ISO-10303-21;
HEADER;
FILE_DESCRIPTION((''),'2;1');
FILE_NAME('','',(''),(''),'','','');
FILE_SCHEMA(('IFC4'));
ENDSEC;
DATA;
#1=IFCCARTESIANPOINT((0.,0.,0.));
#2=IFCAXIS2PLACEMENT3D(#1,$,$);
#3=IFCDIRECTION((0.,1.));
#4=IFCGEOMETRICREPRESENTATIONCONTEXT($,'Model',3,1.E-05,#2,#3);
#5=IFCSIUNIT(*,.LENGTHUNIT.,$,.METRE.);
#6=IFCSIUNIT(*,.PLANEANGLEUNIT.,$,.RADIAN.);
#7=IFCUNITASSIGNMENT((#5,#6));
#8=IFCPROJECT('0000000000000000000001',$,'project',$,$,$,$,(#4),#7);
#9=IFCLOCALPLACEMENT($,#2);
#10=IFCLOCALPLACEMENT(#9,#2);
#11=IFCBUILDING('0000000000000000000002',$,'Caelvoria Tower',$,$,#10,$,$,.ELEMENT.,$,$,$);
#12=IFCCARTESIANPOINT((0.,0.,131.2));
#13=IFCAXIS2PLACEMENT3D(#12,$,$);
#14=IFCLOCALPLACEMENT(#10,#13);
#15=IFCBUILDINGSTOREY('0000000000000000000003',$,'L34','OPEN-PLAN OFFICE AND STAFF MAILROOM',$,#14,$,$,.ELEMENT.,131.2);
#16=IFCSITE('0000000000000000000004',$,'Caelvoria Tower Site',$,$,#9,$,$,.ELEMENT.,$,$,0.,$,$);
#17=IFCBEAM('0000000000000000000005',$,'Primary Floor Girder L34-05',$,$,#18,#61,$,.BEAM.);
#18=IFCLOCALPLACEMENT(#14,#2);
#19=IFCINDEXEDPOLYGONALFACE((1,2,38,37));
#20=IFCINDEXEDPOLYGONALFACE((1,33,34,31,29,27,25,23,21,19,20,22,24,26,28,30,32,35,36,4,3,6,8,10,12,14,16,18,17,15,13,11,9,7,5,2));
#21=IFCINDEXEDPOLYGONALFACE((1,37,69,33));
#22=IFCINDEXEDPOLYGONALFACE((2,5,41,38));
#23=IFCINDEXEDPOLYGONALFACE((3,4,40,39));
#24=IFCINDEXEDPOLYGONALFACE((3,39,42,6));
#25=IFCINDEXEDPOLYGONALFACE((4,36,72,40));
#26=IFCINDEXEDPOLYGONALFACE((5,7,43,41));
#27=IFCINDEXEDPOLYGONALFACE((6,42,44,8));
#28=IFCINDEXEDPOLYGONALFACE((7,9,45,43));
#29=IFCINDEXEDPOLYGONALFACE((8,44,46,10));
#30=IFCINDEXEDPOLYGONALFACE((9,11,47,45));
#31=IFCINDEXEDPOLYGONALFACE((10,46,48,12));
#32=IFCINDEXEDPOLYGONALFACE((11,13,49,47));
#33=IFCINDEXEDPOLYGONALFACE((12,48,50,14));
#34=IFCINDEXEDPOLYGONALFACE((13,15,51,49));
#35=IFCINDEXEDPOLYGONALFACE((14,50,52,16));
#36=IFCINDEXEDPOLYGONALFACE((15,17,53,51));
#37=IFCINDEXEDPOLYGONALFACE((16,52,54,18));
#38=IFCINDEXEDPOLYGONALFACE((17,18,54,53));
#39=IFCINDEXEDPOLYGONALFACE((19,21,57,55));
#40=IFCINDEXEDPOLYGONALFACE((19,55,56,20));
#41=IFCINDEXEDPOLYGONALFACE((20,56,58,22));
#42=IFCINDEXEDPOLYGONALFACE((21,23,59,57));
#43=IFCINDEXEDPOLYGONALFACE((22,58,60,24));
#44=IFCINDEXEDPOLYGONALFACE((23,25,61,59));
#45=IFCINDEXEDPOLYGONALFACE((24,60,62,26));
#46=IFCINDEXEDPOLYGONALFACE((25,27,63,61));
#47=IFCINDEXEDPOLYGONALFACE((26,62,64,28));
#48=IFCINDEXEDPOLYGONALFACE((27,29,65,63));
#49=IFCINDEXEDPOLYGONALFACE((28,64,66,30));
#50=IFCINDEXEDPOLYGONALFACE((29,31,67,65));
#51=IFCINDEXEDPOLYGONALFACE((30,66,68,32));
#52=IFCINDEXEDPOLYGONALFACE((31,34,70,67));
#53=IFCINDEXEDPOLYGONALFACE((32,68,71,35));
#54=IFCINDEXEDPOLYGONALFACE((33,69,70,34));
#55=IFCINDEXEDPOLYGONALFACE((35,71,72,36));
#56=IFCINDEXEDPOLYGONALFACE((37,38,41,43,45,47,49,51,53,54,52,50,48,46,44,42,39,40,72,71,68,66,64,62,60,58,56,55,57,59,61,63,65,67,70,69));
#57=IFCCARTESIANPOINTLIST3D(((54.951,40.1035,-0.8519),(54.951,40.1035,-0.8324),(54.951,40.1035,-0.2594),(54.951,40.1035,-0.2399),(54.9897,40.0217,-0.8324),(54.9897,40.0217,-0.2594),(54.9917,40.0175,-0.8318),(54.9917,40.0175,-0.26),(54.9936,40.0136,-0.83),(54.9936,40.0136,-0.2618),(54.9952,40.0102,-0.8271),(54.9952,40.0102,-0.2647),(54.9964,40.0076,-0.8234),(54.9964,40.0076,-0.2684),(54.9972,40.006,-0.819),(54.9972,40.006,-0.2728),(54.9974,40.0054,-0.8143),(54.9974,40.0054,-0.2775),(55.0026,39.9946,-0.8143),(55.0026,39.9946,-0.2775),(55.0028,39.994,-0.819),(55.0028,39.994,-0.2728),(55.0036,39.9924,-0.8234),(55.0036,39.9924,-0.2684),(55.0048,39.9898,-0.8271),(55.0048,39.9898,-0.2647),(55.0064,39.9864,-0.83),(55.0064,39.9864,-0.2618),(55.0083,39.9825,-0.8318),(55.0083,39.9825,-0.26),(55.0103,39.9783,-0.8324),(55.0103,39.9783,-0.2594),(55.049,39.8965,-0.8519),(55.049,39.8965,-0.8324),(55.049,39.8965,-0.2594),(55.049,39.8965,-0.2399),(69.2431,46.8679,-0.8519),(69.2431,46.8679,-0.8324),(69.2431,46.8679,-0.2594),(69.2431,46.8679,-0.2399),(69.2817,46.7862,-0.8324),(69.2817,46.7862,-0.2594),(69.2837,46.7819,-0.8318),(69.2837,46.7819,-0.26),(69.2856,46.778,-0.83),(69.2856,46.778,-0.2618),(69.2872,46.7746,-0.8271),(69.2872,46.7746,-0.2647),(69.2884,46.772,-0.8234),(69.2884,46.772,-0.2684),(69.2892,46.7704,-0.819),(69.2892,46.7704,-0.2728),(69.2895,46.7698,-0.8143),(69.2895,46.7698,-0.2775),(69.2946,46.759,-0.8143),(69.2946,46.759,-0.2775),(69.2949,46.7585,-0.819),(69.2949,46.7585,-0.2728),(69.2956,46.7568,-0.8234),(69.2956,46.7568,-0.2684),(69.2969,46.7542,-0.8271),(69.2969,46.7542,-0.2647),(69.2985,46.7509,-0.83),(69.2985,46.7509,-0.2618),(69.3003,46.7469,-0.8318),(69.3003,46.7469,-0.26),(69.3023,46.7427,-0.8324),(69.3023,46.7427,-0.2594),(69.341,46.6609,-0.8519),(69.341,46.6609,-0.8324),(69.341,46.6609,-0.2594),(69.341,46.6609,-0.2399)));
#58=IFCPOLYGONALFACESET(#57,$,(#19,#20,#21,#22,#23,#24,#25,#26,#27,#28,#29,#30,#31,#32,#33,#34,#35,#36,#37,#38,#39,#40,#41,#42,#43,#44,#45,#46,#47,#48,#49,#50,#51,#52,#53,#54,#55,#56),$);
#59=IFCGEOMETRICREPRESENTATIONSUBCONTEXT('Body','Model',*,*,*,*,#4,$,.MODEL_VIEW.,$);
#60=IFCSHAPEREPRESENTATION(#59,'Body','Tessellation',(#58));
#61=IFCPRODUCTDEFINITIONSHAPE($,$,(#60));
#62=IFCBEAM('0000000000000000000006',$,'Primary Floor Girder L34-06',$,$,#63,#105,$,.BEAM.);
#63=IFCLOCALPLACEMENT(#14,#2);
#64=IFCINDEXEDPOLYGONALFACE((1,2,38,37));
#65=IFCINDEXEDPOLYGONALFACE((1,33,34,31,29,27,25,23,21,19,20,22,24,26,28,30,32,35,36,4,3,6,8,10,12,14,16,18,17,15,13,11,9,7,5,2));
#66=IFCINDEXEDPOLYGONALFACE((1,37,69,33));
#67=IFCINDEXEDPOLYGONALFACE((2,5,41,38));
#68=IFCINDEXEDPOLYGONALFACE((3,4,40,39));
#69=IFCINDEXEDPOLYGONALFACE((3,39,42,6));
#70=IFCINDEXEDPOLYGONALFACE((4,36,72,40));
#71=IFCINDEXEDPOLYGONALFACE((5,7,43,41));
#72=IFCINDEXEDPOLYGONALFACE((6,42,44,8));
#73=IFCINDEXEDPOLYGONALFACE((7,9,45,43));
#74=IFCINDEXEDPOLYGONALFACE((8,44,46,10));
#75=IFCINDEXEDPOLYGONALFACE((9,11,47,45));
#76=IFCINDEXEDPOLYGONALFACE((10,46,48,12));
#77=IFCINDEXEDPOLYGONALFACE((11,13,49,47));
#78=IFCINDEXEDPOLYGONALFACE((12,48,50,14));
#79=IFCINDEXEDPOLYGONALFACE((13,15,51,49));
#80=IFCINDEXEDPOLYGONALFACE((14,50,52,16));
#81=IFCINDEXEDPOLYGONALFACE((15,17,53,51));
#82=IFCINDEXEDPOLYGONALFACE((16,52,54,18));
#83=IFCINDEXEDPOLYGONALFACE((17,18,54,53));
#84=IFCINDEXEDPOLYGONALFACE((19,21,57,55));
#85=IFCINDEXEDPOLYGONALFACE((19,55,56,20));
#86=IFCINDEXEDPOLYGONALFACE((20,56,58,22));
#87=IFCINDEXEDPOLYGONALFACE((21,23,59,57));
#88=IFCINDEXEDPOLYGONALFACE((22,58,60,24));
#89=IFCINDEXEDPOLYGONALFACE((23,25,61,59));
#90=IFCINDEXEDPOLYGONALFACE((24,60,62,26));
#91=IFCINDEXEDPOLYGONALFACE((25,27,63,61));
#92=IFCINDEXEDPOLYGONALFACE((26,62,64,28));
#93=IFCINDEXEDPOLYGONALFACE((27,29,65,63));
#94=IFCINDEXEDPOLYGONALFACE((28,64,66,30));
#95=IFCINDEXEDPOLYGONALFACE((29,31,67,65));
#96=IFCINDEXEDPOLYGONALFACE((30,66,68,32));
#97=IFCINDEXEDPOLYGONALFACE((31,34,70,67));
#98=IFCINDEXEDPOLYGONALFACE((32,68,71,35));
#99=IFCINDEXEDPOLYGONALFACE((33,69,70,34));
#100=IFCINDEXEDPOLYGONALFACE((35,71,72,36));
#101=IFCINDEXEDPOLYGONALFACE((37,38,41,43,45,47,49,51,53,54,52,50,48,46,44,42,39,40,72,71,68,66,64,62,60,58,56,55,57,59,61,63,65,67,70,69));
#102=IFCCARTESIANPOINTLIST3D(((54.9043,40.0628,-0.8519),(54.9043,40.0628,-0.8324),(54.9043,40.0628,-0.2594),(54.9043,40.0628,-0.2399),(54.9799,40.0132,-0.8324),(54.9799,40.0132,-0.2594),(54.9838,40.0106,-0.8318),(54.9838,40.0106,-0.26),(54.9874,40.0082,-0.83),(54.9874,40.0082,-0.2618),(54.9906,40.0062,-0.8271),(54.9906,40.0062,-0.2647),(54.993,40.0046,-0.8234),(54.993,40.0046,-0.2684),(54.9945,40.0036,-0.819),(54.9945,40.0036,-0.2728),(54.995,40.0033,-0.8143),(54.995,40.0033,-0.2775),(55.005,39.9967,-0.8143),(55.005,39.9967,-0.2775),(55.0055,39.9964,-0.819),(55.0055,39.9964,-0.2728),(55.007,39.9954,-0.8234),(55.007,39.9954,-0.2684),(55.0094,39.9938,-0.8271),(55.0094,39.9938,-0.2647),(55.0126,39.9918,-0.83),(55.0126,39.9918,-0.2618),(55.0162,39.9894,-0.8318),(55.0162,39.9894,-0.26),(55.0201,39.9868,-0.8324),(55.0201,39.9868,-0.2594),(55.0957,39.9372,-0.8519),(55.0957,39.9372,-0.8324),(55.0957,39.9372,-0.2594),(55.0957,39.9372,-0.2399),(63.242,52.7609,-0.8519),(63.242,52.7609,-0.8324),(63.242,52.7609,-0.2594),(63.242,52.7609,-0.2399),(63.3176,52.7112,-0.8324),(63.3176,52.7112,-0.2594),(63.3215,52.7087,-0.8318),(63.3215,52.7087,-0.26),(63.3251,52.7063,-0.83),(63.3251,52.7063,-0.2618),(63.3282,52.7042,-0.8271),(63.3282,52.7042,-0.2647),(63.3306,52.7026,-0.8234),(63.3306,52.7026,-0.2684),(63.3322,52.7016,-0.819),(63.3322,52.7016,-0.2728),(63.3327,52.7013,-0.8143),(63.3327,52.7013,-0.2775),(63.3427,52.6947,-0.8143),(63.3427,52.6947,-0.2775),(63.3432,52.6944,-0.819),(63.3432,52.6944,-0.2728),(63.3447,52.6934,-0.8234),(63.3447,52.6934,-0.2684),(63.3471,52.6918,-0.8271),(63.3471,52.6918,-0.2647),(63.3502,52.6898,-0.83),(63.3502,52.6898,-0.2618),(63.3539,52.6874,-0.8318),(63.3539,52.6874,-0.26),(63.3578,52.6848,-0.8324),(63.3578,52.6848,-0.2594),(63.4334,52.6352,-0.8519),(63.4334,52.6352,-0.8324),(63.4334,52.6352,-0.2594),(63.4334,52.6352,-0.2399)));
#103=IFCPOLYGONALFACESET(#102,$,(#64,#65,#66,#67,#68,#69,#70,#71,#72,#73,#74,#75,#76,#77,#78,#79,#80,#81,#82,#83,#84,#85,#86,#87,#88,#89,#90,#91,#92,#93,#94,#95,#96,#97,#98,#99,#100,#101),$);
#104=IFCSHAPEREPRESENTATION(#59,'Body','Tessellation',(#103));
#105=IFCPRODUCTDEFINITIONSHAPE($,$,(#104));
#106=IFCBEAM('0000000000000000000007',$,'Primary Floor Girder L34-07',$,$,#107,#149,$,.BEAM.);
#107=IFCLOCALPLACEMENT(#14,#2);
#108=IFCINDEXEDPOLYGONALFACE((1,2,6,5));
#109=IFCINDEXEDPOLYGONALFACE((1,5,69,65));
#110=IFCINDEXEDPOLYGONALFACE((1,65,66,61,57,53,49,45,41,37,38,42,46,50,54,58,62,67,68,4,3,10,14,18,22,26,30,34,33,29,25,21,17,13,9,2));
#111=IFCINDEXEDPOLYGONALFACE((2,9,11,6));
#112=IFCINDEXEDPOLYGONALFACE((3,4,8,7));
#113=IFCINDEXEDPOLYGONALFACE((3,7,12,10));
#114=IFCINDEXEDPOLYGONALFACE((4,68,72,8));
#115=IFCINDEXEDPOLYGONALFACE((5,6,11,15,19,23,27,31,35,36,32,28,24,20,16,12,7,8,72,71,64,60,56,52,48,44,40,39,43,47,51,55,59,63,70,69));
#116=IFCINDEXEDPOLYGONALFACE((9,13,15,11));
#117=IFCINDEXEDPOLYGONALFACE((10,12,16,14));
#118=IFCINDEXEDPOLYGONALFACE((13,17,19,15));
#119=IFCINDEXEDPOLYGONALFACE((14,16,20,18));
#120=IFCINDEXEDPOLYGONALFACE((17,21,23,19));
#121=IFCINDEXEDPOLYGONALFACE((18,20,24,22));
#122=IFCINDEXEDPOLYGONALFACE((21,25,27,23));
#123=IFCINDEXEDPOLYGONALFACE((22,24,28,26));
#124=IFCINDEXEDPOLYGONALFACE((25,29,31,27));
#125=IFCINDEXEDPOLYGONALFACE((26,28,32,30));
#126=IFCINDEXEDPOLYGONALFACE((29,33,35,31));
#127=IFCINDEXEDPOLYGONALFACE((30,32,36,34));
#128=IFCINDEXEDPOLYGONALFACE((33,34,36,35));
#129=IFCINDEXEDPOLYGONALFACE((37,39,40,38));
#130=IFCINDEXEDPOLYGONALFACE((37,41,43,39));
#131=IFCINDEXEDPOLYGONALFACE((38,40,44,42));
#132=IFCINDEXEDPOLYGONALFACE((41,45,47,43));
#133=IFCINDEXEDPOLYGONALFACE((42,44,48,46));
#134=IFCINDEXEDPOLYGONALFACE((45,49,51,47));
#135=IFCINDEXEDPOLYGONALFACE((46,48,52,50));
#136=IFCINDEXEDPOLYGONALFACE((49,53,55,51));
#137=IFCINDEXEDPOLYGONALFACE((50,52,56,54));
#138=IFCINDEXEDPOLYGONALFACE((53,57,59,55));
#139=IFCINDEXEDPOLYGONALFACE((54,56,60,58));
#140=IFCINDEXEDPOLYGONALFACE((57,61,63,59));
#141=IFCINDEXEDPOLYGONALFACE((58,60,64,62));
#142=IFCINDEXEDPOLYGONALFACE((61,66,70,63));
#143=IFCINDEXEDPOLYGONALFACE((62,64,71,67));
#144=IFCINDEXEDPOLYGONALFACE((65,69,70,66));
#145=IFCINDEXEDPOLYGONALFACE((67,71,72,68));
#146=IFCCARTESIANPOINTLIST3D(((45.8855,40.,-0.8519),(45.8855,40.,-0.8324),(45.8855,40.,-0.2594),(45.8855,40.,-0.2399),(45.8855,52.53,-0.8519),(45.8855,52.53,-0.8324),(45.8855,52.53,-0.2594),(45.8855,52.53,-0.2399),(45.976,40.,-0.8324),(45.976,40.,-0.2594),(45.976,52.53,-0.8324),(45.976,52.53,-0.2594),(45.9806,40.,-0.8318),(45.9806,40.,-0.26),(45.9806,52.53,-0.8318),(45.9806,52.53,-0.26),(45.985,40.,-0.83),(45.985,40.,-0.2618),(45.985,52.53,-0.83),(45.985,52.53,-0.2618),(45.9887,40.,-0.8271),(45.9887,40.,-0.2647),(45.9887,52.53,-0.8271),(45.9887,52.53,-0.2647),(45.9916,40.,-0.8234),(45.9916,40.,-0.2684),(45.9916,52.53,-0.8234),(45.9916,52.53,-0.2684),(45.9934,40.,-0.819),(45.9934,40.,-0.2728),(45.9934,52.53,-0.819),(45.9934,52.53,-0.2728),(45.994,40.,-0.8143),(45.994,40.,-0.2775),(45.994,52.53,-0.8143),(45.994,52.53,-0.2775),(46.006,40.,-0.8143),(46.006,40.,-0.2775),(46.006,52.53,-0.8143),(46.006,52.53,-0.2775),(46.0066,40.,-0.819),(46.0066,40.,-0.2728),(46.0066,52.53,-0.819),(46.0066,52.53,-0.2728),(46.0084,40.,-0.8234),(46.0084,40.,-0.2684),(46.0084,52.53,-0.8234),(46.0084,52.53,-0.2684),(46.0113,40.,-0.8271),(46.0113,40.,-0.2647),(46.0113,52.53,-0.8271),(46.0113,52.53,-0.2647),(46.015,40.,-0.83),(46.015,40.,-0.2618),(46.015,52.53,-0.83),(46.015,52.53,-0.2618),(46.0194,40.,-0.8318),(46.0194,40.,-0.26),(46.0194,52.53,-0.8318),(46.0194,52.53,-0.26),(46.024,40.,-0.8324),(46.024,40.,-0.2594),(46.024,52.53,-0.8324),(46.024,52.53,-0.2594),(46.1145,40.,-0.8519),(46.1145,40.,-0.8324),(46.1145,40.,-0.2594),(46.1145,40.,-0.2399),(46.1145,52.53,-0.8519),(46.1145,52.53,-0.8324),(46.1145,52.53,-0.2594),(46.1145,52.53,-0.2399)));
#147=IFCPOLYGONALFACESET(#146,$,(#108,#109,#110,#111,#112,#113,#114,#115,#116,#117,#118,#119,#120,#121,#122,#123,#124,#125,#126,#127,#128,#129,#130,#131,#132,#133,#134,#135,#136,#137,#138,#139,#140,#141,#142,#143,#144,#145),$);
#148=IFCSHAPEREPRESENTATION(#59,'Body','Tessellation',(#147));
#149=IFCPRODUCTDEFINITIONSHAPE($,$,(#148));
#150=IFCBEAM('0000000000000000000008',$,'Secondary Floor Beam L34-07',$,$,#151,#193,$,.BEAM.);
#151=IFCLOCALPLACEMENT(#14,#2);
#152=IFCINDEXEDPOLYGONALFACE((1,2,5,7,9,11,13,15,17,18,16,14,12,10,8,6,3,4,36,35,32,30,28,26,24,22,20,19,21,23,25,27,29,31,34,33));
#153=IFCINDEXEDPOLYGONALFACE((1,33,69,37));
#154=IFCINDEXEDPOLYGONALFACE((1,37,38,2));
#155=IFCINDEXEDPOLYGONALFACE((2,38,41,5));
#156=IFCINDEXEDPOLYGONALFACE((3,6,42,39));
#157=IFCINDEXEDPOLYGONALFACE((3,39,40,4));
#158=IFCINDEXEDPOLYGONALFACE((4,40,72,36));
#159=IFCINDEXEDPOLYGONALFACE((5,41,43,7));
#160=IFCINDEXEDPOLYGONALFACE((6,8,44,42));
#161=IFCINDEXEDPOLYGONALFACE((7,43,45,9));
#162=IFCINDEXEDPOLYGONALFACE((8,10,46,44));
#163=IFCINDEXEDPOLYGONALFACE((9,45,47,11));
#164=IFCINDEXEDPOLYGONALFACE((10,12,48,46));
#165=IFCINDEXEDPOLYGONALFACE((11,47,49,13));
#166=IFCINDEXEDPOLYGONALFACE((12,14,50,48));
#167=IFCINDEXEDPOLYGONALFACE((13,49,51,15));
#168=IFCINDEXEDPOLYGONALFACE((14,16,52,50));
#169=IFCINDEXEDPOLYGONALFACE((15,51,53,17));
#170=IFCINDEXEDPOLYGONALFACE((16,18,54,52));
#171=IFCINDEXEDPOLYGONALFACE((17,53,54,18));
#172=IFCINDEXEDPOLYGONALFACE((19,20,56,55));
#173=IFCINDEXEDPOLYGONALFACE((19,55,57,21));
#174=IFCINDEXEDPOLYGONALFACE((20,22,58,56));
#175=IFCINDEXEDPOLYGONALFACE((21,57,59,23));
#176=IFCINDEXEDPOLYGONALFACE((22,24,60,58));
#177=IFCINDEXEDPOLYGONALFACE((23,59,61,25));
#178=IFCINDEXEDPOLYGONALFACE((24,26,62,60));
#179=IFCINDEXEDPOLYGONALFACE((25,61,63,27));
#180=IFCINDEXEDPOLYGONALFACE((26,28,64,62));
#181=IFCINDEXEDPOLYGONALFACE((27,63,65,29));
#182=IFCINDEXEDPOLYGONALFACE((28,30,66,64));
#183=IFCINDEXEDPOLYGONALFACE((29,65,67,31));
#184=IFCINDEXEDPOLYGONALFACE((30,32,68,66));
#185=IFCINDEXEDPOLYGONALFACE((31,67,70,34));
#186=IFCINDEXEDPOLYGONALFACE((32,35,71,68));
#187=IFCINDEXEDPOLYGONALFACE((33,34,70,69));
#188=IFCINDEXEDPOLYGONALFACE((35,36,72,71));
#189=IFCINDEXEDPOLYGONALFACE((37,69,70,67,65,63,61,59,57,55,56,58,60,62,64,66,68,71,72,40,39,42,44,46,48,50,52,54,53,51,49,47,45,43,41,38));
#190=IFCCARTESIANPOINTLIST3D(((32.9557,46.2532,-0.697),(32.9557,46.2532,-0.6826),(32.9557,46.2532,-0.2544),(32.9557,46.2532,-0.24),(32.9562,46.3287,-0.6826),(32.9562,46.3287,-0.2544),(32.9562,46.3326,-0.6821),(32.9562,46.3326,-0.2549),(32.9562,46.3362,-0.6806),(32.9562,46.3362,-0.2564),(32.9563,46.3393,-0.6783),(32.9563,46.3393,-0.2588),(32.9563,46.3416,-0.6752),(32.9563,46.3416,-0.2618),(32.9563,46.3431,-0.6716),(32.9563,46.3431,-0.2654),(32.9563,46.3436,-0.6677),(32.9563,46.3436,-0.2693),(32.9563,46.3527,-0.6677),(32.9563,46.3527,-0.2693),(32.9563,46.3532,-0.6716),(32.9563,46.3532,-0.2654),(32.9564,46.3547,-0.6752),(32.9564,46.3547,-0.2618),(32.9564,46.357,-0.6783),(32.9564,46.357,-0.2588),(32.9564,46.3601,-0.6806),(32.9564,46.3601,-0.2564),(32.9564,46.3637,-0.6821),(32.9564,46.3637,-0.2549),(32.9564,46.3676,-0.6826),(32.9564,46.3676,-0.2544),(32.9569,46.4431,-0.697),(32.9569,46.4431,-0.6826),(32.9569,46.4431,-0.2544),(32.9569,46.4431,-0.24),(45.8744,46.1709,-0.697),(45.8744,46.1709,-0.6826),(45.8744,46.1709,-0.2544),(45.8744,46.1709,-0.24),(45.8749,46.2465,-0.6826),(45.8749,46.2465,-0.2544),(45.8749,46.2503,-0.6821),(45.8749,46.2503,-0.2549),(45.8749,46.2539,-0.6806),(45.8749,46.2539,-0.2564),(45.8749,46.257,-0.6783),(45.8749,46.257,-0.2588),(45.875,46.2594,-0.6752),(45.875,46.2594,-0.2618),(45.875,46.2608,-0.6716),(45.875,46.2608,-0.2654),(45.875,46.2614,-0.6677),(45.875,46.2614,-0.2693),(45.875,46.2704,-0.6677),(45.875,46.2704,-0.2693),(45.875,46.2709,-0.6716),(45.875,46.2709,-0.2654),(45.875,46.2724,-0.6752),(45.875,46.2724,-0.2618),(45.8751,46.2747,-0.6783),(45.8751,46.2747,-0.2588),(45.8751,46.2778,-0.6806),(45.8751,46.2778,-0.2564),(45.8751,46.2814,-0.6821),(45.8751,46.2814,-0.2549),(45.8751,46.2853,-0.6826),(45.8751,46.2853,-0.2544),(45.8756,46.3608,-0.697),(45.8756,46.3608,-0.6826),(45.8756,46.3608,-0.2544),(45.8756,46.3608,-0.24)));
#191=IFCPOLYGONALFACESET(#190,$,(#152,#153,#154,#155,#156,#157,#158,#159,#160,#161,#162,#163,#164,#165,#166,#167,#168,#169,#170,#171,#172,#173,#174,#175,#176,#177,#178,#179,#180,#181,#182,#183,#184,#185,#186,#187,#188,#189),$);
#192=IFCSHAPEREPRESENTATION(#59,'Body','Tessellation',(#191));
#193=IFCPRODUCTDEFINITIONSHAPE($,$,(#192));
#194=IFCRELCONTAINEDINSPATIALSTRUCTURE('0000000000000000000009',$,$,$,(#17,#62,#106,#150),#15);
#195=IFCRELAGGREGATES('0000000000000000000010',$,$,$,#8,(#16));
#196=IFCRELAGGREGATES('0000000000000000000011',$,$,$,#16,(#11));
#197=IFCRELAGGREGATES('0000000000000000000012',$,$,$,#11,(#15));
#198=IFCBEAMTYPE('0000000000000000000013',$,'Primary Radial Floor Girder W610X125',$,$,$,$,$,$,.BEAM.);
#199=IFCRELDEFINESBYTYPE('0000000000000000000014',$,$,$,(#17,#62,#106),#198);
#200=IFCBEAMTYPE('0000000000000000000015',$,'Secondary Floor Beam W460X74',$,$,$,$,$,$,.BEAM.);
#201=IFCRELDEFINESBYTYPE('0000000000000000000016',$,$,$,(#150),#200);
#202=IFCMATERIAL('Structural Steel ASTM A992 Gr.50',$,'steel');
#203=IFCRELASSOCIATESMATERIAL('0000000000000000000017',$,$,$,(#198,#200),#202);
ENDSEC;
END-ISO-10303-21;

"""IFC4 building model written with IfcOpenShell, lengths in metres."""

from ifc_helpers import new_model, si_unit, direction, frame, origin, origin_2d, place, context, subcontext, project, spatial, i_section, extrude, material, material_profile, profile_set, type_object, element, save


model = new_model("IFC4")

# Units and contexts
model_context = context("Model", 3, precision=1e-05, world=origin(), true_north=direction((0.0, 1.0)))
body_context = subcontext(model_context, "Body", "Model", "MODEL_VIEW")
ifc_project = project(units=[si_unit("LENGTHUNIT", "METRE"), si_unit("PLANEANGLEUNIT", "RADIAN")], contexts=[model_context])

# Site, building, storey
site_placement = place(None, origin())
site = spatial("IfcSite", under=ifc_project, at=site_placement, Name="Caelvoria Tower Site", CompositionType="ELEMENT", RefElevation=0.0)
building_placement = place(site_placement, origin())
building = spatial("IfcBuilding", under=site, at=building_placement, Name="Caelvoria Tower", CompositionType="ELEMENT")
storey_placement = place(building_placement, frame((0.0, 0.0, 131.2)))
storey = spatial("IfcBuildingStorey", under=building, at=storey_placement, Name="L34", Description="OPEN-PLAN OFFICE AND STAFF MAILROOM", CompositionType="ELEMENT", Elevation=131.2)

# Beams
ifc_material_1 = material(Name="Structural Steel ASTM A992 Gr.50", Category="steel")
ifc_material_profile_1 = material_profile(ifc_material_1, i_section(OverallWidth=0.229, OverallDepth=0.6121, WebThickness=0.012, FlangeThickness=0.0195, FilletRadius=0.0181, at=origin_2d()), Name="Structural Steel ASTM A992 Gr.50")
ifc_profile_set_1 = profile_set([ifc_material_profile_1], Name="W610X125 - Structural Steel ASTM A992 Gr.50")
beam_type_1 = type_object("IfcBeamType", Name="Primary Radial Floor Girder W610X125", PredefinedType="BEAM", material=ifc_profile_set_1)
beam_1_placement = place(storey_placement, frame((55.0, 40.0, -0.5459), z_axis=(0.903872, 0.427803, 0.0), x_axis=(-0.427803, 0.903872, 0.0)))
element("IfcBeam", 1, at=beam_1_placement, inside=storey, type_object=beam_type_1, Name="Primary Floor Girder L34-05", PredefinedType="BEAM", context=body_context, shape_type="SweptSolid", body=[
    extrude(i_section(OverallWidth=0.229, OverallDepth=0.6121, WebThickness=0.012, FlangeThickness=0.0195, FilletRadius=0.0181, at=origin_2d()), origin(), (0.0, 0.0, 1.0), 15.812),
])
beam_2_placement = place(storey_placement, frame((55.0, 40.0, -0.5459), z_axis=(0.548867, 0.835909, 0.0), x_axis=(-0.835909, 0.548867, 0.0)))
element("IfcBeam", 2, at=beam_2_placement, inside=storey, type_object=beam_type_1, Name="Primary Floor Girder L34-06", PredefinedType="BEAM", context=body_context, shape_type="SweptSolid", body=[
    extrude(i_section(OverallWidth=0.229, OverallDepth=0.6121, WebThickness=0.012, FlangeThickness=0.0195, FilletRadius=0.0181, at=origin_2d()), origin(), (0.0, 0.0, 1.0), 15.1907),
])
beam_3_placement = place(storey_placement, frame((46.0, 40.0, -0.5459), z_axis=(0.0, 1.0, 0.0), x_axis=(-1.0, 0.0, 0.0)))
element("IfcBeam", 3, at=beam_3_placement, inside=storey, type_object=beam_type_1, Name="Primary Floor Girder L34-07", PredefinedType="BEAM", context=body_context, shape_type="SweptSolid", body=[
    extrude(i_section(OverallWidth=0.229, OverallDepth=0.6121, WebThickness=0.012, FlangeThickness=0.0195, FilletRadius=0.0181, at=origin_2d()), origin(), (0.0, 0.0, 1.0), 12.53),
])
ifc_material_profile_2 = material_profile(ifc_material_1, i_section(OverallWidth=0.1899, OverallDepth=0.457, WebThickness=0.009, FlangeThickness=0.0144, FilletRadius=0.0149, at=origin_2d()), Name="Structural Steel ASTM A992 Gr.50")
ifc_profile_set_2 = profile_set([ifc_material_profile_2], Name="W460X74 - Structural Steel ASTM A992 Gr.50")
beam_type_2 = type_object("IfcBeamType", Name="Secondary Floor Beam W460X74", PredefinedType="BEAM", material=ifc_profile_set_2)
beam_4_placement = place(storey_placement, frame((45.875, 46.2659, -0.4685), z_axis=(-0.99998, 0.006369, 0.0), x_axis=(-0.006369, -0.99998, 0.0)))
element("IfcBeam", 4, at=beam_4_placement, inside=storey, type_object=beam_type_2, Name="Secondary Floor Beam L34-07", PredefinedType="BEAM", context=body_context, shape_type="SweptSolid", body=[
    extrude(i_section(OverallWidth=0.1899, OverallDepth=0.457, WebThickness=0.009, FlangeThickness=0.0144, FilletRadius=0.0149, at=origin_2d()), origin(), (0.0, 0.0, 1.0), 12.9189),
])

save(model, "model.ifc")
